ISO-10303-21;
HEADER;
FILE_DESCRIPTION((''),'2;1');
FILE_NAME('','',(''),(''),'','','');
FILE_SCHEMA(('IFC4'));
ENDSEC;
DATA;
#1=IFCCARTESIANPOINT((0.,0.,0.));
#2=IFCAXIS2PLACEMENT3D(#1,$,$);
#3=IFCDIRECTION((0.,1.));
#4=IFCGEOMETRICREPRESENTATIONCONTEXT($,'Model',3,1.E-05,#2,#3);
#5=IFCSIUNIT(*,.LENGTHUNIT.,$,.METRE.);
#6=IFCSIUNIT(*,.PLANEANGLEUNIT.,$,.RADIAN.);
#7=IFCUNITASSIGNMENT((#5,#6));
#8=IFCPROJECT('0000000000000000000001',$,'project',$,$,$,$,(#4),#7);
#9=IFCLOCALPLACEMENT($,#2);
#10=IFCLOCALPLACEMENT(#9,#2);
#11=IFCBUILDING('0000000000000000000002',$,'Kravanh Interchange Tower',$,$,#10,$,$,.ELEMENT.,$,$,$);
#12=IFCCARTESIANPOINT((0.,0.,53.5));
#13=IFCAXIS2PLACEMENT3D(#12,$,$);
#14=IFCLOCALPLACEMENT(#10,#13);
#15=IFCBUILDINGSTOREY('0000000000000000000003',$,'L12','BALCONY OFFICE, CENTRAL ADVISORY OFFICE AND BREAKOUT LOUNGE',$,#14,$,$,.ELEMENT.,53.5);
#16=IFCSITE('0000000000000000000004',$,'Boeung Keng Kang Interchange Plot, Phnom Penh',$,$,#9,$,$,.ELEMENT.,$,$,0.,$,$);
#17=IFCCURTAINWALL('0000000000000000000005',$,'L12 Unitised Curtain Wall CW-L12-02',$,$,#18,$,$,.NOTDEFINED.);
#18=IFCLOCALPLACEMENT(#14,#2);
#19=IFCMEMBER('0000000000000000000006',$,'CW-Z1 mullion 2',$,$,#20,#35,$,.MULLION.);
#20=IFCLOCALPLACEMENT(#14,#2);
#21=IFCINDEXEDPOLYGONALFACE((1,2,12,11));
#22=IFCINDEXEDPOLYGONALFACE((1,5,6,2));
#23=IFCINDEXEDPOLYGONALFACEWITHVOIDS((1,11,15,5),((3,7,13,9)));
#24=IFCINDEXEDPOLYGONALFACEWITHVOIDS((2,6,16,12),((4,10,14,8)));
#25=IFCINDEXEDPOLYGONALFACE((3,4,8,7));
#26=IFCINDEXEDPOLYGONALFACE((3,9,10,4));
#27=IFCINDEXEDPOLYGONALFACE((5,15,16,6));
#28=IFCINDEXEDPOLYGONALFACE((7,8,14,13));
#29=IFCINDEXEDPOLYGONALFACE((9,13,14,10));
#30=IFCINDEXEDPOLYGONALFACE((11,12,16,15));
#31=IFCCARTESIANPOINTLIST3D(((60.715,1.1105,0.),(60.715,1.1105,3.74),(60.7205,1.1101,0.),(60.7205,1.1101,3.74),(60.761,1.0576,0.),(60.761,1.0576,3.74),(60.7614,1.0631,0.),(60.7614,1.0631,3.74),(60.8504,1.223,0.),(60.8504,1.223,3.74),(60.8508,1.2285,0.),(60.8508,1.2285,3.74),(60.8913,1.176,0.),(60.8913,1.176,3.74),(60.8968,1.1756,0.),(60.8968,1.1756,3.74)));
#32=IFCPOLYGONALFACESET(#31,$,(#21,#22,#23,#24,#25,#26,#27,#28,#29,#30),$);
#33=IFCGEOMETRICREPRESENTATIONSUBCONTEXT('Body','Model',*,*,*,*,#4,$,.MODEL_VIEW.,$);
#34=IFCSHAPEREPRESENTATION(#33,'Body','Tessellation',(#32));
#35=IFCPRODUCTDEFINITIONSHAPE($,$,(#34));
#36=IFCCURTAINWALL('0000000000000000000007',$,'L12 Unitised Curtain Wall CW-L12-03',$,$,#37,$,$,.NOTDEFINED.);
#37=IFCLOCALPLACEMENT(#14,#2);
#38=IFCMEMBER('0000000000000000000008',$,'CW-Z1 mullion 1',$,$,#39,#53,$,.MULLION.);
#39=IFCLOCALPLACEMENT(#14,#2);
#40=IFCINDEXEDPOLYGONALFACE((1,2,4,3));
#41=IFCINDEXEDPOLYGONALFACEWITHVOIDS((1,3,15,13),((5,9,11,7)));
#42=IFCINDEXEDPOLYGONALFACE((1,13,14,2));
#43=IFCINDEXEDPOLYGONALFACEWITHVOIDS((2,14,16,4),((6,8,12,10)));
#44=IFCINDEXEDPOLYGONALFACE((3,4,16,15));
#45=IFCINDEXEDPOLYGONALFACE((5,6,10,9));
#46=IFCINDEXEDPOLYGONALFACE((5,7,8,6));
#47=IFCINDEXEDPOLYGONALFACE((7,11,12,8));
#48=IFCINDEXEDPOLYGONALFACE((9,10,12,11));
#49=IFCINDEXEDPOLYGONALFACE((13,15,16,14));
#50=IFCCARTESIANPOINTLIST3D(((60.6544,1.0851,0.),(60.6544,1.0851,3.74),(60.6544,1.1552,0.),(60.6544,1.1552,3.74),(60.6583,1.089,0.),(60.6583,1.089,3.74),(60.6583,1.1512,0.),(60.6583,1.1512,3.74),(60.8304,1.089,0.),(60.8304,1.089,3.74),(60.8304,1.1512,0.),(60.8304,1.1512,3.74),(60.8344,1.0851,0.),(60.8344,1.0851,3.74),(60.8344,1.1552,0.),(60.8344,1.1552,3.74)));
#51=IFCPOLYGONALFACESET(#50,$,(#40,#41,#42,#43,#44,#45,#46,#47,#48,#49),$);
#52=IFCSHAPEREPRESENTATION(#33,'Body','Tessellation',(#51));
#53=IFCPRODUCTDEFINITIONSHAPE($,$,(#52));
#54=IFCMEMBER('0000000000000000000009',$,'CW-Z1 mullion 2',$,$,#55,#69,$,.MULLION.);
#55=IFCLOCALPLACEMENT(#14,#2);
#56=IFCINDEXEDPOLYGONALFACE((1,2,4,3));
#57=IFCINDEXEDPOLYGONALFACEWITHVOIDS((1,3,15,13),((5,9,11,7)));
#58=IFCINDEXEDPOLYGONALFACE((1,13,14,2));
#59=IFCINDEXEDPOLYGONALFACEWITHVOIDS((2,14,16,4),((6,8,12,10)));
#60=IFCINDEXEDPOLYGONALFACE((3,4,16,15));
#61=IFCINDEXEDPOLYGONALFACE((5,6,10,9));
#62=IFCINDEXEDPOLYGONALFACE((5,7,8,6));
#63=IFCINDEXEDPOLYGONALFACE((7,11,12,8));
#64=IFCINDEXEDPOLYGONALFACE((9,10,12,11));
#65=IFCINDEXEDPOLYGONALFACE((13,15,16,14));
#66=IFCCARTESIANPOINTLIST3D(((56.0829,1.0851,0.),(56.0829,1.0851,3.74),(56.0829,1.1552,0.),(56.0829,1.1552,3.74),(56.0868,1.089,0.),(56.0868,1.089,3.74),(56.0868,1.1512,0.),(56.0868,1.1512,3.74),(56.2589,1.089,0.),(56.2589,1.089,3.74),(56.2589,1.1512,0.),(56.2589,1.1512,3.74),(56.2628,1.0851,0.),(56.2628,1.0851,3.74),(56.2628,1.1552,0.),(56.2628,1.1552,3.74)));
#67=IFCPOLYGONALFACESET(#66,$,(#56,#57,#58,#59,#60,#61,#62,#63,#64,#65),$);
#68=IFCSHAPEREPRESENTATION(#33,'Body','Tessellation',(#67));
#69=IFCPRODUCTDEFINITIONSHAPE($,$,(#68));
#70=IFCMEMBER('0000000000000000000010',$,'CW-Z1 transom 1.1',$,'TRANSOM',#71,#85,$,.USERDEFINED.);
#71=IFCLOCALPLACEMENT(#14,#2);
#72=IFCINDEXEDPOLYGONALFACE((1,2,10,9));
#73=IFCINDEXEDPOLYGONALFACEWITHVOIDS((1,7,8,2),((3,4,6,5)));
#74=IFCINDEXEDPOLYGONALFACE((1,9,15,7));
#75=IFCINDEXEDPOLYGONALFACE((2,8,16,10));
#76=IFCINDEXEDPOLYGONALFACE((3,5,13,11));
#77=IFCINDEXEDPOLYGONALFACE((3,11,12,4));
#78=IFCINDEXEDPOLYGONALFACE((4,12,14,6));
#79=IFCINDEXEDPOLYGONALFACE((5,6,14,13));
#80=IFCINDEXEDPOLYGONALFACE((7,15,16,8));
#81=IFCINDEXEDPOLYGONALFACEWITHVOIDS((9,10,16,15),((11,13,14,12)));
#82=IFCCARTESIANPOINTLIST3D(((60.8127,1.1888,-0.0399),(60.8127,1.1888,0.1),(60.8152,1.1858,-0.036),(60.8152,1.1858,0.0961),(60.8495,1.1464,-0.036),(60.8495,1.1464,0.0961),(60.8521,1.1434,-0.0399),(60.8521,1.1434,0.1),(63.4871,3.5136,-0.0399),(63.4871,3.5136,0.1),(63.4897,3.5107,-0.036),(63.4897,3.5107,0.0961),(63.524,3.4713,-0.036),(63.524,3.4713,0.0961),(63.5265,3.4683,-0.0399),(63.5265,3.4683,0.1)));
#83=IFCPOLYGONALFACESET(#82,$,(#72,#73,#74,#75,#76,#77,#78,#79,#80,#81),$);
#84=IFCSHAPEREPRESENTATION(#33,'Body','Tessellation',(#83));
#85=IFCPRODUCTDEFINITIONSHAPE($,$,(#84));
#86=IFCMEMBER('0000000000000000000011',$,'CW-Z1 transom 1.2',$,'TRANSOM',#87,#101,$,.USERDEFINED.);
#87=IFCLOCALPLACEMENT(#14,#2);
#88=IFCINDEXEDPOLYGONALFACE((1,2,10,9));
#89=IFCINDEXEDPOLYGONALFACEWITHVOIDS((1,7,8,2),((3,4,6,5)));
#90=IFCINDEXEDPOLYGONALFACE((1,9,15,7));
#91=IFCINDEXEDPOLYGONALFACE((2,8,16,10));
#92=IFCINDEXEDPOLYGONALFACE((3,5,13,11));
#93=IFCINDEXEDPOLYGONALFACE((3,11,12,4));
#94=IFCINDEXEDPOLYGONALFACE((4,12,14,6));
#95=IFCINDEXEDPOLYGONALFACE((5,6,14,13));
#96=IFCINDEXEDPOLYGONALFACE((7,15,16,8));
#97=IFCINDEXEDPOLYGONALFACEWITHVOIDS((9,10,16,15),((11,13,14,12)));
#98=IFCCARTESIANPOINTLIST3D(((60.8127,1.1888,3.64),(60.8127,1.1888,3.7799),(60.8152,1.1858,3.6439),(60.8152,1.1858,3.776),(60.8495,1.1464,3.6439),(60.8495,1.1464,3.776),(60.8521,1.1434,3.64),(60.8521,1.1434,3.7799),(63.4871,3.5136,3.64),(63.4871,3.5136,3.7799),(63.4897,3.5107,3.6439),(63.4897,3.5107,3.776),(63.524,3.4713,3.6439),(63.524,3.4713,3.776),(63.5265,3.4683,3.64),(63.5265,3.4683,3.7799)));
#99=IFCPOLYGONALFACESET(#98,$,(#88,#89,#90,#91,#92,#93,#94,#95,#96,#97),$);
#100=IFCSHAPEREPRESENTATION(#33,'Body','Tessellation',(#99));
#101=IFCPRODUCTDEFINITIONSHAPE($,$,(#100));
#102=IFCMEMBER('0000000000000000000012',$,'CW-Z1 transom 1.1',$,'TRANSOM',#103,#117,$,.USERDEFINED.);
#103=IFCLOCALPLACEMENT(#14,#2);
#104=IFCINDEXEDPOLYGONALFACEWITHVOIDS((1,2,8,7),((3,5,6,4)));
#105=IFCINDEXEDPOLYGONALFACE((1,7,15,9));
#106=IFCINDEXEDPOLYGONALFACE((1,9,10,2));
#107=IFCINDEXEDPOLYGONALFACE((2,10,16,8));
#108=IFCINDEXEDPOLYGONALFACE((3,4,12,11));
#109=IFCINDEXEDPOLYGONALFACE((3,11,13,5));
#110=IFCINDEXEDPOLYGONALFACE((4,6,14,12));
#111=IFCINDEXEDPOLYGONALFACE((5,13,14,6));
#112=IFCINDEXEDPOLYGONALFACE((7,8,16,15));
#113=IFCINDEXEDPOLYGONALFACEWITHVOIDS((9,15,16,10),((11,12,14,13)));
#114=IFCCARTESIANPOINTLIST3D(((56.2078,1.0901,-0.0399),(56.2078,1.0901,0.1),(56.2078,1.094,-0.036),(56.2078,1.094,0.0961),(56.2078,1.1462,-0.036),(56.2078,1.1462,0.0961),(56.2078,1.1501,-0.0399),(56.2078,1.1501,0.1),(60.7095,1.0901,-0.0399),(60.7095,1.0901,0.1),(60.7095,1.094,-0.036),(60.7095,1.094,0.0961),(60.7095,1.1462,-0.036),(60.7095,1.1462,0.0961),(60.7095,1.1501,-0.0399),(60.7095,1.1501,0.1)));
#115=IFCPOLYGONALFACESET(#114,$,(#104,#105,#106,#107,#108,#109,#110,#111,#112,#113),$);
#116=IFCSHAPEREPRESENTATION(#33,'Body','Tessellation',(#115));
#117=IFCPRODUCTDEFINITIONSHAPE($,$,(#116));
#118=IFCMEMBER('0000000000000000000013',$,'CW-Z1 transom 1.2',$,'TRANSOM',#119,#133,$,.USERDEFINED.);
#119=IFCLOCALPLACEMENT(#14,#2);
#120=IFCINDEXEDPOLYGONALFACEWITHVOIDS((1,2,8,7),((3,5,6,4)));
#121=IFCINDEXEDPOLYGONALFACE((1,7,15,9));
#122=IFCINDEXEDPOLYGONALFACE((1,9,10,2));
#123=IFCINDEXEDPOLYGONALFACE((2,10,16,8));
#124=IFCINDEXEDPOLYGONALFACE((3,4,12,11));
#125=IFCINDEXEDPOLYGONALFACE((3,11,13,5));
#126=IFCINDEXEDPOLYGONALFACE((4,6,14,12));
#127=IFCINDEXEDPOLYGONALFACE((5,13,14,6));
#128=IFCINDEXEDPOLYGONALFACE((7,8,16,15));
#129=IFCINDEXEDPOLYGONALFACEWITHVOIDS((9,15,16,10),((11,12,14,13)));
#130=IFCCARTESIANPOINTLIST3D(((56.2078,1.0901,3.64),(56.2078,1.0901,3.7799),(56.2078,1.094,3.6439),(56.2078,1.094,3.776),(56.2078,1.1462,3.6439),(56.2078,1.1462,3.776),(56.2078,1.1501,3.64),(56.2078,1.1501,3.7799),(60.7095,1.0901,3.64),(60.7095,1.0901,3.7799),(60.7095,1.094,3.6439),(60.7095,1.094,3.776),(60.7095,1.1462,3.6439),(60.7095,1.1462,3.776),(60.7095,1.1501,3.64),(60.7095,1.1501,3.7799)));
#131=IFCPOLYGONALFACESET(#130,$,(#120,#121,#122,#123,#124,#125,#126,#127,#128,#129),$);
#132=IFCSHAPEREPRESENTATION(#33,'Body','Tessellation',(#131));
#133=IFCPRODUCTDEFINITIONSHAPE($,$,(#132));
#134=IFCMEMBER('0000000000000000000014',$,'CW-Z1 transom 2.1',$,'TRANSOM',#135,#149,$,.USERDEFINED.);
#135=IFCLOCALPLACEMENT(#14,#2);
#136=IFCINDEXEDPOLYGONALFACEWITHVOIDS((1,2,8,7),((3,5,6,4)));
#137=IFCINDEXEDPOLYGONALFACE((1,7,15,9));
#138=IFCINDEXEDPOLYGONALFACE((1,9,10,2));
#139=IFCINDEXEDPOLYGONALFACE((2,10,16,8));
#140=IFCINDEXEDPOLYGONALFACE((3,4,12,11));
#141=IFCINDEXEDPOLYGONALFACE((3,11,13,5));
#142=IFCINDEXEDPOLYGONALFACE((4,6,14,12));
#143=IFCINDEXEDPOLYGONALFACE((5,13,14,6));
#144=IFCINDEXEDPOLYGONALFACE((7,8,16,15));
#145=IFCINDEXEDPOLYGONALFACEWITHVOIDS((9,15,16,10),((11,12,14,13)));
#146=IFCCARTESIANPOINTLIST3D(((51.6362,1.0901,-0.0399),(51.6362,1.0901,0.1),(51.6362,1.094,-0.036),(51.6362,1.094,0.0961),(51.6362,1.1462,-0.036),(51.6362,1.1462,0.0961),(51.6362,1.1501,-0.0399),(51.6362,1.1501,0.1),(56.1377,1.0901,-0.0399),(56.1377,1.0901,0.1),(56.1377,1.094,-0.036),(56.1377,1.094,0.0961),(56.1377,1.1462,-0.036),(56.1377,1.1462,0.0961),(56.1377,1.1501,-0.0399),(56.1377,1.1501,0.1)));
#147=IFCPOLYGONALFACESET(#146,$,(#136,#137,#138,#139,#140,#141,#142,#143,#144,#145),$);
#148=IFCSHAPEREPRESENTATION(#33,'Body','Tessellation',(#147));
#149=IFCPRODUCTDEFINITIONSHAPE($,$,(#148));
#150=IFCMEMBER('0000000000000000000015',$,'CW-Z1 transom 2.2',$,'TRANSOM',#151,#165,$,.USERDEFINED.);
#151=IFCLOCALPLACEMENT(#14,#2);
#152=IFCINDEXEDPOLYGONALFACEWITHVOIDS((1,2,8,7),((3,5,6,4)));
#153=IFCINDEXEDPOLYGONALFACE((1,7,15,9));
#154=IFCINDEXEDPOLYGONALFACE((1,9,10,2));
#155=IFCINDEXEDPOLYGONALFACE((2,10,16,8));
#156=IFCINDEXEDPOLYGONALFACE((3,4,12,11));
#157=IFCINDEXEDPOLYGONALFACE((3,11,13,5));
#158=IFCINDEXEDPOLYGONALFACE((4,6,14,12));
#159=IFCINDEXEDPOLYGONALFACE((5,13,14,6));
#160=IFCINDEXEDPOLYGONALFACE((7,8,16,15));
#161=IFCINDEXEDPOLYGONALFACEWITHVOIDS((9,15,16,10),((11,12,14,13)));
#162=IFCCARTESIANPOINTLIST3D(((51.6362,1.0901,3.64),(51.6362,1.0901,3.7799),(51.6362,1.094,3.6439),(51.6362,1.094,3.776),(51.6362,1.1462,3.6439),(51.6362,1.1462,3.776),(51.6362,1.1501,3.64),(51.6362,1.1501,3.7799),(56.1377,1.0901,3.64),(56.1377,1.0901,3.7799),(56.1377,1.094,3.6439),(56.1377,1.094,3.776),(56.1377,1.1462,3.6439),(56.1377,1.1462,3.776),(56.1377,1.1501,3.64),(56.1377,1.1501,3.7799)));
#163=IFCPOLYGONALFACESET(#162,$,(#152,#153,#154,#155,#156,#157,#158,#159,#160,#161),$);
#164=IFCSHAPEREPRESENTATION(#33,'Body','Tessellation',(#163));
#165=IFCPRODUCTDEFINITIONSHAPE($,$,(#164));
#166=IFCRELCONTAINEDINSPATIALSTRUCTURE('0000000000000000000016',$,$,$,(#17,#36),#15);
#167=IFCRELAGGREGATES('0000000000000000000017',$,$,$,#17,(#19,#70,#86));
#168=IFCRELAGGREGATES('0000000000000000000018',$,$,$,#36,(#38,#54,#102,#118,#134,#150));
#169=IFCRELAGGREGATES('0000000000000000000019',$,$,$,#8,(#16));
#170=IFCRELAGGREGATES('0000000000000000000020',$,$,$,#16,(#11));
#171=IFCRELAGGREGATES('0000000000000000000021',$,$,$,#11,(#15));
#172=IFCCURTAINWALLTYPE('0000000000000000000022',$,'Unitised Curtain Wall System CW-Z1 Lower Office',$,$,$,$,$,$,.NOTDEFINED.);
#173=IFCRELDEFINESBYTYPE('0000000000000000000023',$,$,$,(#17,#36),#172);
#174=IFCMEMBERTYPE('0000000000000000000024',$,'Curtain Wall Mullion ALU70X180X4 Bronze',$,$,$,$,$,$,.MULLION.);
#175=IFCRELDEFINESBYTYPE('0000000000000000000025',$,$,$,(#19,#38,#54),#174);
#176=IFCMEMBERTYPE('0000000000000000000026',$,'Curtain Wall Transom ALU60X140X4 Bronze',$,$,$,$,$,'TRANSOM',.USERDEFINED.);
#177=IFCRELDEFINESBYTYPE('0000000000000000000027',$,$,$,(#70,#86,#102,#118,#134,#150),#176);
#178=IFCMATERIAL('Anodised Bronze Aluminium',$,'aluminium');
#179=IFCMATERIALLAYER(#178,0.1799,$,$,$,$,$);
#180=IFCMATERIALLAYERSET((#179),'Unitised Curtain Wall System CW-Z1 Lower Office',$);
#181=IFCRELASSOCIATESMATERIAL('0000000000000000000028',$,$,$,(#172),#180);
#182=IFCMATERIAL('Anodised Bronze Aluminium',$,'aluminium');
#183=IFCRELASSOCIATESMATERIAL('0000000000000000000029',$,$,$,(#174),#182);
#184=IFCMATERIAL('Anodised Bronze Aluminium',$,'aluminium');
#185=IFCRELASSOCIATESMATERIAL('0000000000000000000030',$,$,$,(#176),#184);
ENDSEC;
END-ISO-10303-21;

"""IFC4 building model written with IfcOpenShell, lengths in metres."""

from ifc_helpers import new_model, si_unit, direction, frame, origin, origin_2d, place, context, subcontext, project, spatial, hollow_rectangle, extrude, material, layer, layer_set, material_profile, profile_set, type_object, element, aggregate, save


model = new_model("IFC4")

# Units and contexts
model_context = context("Model", 3, precision=1e-05, world=origin(), true_north=direction((0.0, 1.0)))
body_context = subcontext(model_context, "Body", "Model", "MODEL_VIEW")
ifc_project = project(units=[si_unit("LENGTHUNIT", "METRE"), si_unit("PLANEANGLEUNIT", "RADIAN")], contexts=[model_context])

# Site, building, storey
site_placement = place(None, origin())
site = spatial("IfcSite", under=ifc_project, at=site_placement, Name="Boeung Keng Kang Interchange Plot, Phnom Penh", CompositionType="ELEMENT", RefElevation=0.0)
building_placement = place(site_placement, origin())
building = spatial("IfcBuilding", under=site, at=building_placement, Name="Kravanh Interchange Tower", CompositionType="ELEMENT")
storey_placement = place(building_placement, frame((0.0, 0.0, 53.5)))
storey = spatial("IfcBuildingStorey", under=building, at=storey_placement, Name="L12", Description="BALCONY OFFICE, CENTRAL ADVISORY OFFICE AND BREAKOUT LOUNGE", CompositionType="ELEMENT", Elevation=53.5)

# Curtain walls, members
ifc_material_1 = material(Name="Anodised Bronze Aluminium", Category="aluminium")
ifc_layer_1 = layer(ifc_material_1, 0.1799)
ifc_layer_set_1 = layer_set([ifc_layer_1], Name="Unitised Curtain Wall System CW-Z1 Lower Office")
curtain_wall_type = type_object("IfcCurtainWallType", Name="Unitised Curtain Wall System CW-Z1 Lower Office", PredefinedType="NOTDEFINED", material=ifc_layer_set_1)
curtain_wall_1_placement = place(storey_placement, origin())
curtain_wall_1 = element("IfcCurtainWall", 1, at=curtain_wall_1_placement, inside=storey, type_object=curtain_wall_type, Name="L12 Unitised Curtain Wall CW-L12-02", PredefinedType="NOTDEFINED")
ifc_material_2 = material(Name="Anodised Bronze Aluminium", Category="aluminium")
ifc_material_profile_1 = material_profile(ifc_material_2, hollow_rectangle(XDim=0.0701, YDim=0.1799, WallThickness=0.0039, at=origin_2d()), Name="ALU70X180X4")
ifc_profile_set_1 = profile_set([ifc_material_profile_1], Name="Anodised Bronze Aluminium")
member_type_1 = type_object("IfcMemberType", Name="Curtain Wall Mullion ALU70X180X4 Bronze", PredefinedType="MULLION", material=ifc_profile_set_1)
member_1_placement = place(storey_placement, frame((60.8059, 1.1431, 0.0), z_axis=(0.0, 0.0, 1.0), x_axis=(0.65606, -0.754708, 0.0)))
member_1 = element("IfcMember", 2, at=member_1_placement, type_object=member_type_1, Name="CW-Z1 mullion 2", PredefinedType="MULLION", context=body_context, shape_type="SweptSolid", body=[
    extrude(hollow_rectangle(XDim=0.0701, YDim=0.1799, WallThickness=0.0039, at=origin_2d()), origin(), (0.0, 0.0, 1.0), 3.74),
])
curtain_wall_2_placement = place(storey_placement, origin())
curtain_wall_2 = element("IfcCurtainWall", 3, at=curtain_wall_2_placement, inside=storey, type_object=curtain_wall_type, Name="L12 Unitised Curtain Wall CW-L12-03", PredefinedType="NOTDEFINED")
member_2_placement = place(storey_placement, frame((60.7444, 1.1201, 0.0), z_axis=(0.0, 0.0, 1.0), x_axis=(0.0, -1.0, 0.0)))
member_2 = element("IfcMember", 4, at=member_2_placement, type_object=member_type_1, Name="CW-Z1 mullion 1", PredefinedType="MULLION", context=body_context, shape_type="SweptSolid", body=[
    extrude(hollow_rectangle(XDim=0.0701, YDim=0.1799, WallThickness=0.0039, at=origin_2d()), origin(), (0.0, 0.0, 1.0), 3.74),
])
member_3_placement = place(storey_placement, frame((56.1729, 1.1201, 0.0), z_axis=(0.0, 0.0, 1.0), x_axis=(0.0, -1.0, 0.0)))
member_3 = element("IfcMember", 5, at=member_3_placement, type_object=member_type_1, Name="CW-Z1 mullion 2", PredefinedType="MULLION", context=body_context, shape_type="SweptSolid", body=[
    extrude(hollow_rectangle(XDim=0.0701, YDim=0.1799, WallThickness=0.0039, at=origin_2d()), origin(), (0.0, 0.0, 1.0), 3.74),
])

# Members
ifc_material_3 = material(Name="Anodised Bronze Aluminium", Category="aluminium")
ifc_material_profile_2 = material_profile(ifc_material_3, hollow_rectangle(XDim=0.0601, YDim=0.1399, WallThickness=0.0039, at=origin_2d()), Name="ALU60X140X4")
ifc_profile_set_2 = profile_set([ifc_material_profile_2], Name="Anodised Bronze Aluminium")
member_type_2 = type_object("IfcMemberType", Name="Curtain Wall Transom ALU60X140X4 Bronze", ElementType="TRANSOM", PredefinedType="USERDEFINED", material=ifc_profile_set_2)
member_4_placement = place(storey_placement, frame((63.5068, 3.491, 0.03), z_axis=(-0.754711, -0.656058, 0.0), x_axis=(0.656058, -0.754711, 0.0)))
member_4 = element("IfcMember", 6, at=member_4_placement, type_object=member_type_2, Name="CW-Z1 transom 1.1", ObjectType="TRANSOM", PredefinedType="USERDEFINED", context=body_context, shape_type="SweptSolid", body=[
    extrude(hollow_rectangle(XDim=0.0601, YDim=0.1399, WallThickness=0.0039, at=origin_2d()), origin(), (0.0, 0.0, 1.0), 3.5437),
])
member_5_placement = place(storey_placement, frame((63.5068, 3.491, 3.71), z_axis=(-0.754711, -0.656058, 0.0), x_axis=(0.656058, -0.754711, 0.0)))
member_5 = element("IfcMember", 7, at=member_5_placement, type_object=member_type_2, Name="CW-Z1 transom 1.2", ObjectType="TRANSOM", PredefinedType="USERDEFINED", context=body_context, shape_type="SweptSolid", body=[
    extrude(hollow_rectangle(XDim=0.0601, YDim=0.1399, WallThickness=0.0039, at=origin_2d()), origin(), (0.0, 0.0, 1.0), 3.5437),
])
member_6_placement = place(storey_placement, frame((60.7095, 1.1201, 0.03), z_axis=(-1.0, 0.0, 0.0), x_axis=(0.0, -1.0, 0.0)))
member_6 = element("IfcMember", 8, at=member_6_placement, type_object=member_type_2, Name="CW-Z1 transom 1.1", ObjectType="TRANSOM", PredefinedType="USERDEFINED", context=body_context, shape_type="SweptSolid", body=[
    extrude(hollow_rectangle(XDim=0.0601, YDim=0.1399, WallThickness=0.0039, at=origin_2d()), origin(), (0.0, 0.0, 1.0), 4.5017),
])
member_7_placement = place(storey_placement, frame((60.7095, 1.1201, 3.71), z_axis=(-1.0, 0.0, 0.0), x_axis=(0.0, -1.0, 0.0)))
member_7 = element("IfcMember", 9, at=member_7_placement, type_object=member_type_2, Name="CW-Z1 transom 1.2", ObjectType="TRANSOM", PredefinedType="USERDEFINED", context=body_context, shape_type="SweptSolid", body=[
    extrude(hollow_rectangle(XDim=0.0601, YDim=0.1399, WallThickness=0.0039, at=origin_2d()), origin(), (0.0, 0.0, 1.0), 4.5017),
])
member_8_placement = place(storey_placement, frame((56.1377, 1.1201, 0.03), z_axis=(-1.0, 0.0, 0.0), x_axis=(0.0, -1.0, 0.0)))
member_8 = element("IfcMember", 10, at=member_8_placement, type_object=member_type_2, Name="CW-Z1 transom 2.1", ObjectType="TRANSOM", PredefinedType="USERDEFINED", context=body_context, shape_type="SweptSolid", body=[
    extrude(hollow_rectangle(XDim=0.0601, YDim=0.1399, WallThickness=0.0039, at=origin_2d()), origin(), (0.0, 0.0, 1.0), 4.5015),
])
member_9_placement = place(storey_placement, frame((56.1377, 1.1201, 3.71), z_axis=(-1.0, 0.0, 0.0), x_axis=(0.0, -1.0, 0.0)))
member_9 = element("IfcMember", 11, at=member_9_placement, type_object=member_type_2, Name="CW-Z1 transom 2.2", ObjectType="TRANSOM", PredefinedType="USERDEFINED", context=body_context, shape_type="SweptSolid", body=[
    extrude(hollow_rectangle(XDim=0.0601, YDim=0.1399, WallThickness=0.0039, at=origin_2d()), origin(), (0.0, 0.0, 1.0), 4.5015),
])

aggregate(curtain_wall_1, [member_1, member_4, member_5])
aggregate(curtain_wall_2, [member_2, member_3, member_6, member_7, member_8, member_9])

save(model, "model.ifc")
